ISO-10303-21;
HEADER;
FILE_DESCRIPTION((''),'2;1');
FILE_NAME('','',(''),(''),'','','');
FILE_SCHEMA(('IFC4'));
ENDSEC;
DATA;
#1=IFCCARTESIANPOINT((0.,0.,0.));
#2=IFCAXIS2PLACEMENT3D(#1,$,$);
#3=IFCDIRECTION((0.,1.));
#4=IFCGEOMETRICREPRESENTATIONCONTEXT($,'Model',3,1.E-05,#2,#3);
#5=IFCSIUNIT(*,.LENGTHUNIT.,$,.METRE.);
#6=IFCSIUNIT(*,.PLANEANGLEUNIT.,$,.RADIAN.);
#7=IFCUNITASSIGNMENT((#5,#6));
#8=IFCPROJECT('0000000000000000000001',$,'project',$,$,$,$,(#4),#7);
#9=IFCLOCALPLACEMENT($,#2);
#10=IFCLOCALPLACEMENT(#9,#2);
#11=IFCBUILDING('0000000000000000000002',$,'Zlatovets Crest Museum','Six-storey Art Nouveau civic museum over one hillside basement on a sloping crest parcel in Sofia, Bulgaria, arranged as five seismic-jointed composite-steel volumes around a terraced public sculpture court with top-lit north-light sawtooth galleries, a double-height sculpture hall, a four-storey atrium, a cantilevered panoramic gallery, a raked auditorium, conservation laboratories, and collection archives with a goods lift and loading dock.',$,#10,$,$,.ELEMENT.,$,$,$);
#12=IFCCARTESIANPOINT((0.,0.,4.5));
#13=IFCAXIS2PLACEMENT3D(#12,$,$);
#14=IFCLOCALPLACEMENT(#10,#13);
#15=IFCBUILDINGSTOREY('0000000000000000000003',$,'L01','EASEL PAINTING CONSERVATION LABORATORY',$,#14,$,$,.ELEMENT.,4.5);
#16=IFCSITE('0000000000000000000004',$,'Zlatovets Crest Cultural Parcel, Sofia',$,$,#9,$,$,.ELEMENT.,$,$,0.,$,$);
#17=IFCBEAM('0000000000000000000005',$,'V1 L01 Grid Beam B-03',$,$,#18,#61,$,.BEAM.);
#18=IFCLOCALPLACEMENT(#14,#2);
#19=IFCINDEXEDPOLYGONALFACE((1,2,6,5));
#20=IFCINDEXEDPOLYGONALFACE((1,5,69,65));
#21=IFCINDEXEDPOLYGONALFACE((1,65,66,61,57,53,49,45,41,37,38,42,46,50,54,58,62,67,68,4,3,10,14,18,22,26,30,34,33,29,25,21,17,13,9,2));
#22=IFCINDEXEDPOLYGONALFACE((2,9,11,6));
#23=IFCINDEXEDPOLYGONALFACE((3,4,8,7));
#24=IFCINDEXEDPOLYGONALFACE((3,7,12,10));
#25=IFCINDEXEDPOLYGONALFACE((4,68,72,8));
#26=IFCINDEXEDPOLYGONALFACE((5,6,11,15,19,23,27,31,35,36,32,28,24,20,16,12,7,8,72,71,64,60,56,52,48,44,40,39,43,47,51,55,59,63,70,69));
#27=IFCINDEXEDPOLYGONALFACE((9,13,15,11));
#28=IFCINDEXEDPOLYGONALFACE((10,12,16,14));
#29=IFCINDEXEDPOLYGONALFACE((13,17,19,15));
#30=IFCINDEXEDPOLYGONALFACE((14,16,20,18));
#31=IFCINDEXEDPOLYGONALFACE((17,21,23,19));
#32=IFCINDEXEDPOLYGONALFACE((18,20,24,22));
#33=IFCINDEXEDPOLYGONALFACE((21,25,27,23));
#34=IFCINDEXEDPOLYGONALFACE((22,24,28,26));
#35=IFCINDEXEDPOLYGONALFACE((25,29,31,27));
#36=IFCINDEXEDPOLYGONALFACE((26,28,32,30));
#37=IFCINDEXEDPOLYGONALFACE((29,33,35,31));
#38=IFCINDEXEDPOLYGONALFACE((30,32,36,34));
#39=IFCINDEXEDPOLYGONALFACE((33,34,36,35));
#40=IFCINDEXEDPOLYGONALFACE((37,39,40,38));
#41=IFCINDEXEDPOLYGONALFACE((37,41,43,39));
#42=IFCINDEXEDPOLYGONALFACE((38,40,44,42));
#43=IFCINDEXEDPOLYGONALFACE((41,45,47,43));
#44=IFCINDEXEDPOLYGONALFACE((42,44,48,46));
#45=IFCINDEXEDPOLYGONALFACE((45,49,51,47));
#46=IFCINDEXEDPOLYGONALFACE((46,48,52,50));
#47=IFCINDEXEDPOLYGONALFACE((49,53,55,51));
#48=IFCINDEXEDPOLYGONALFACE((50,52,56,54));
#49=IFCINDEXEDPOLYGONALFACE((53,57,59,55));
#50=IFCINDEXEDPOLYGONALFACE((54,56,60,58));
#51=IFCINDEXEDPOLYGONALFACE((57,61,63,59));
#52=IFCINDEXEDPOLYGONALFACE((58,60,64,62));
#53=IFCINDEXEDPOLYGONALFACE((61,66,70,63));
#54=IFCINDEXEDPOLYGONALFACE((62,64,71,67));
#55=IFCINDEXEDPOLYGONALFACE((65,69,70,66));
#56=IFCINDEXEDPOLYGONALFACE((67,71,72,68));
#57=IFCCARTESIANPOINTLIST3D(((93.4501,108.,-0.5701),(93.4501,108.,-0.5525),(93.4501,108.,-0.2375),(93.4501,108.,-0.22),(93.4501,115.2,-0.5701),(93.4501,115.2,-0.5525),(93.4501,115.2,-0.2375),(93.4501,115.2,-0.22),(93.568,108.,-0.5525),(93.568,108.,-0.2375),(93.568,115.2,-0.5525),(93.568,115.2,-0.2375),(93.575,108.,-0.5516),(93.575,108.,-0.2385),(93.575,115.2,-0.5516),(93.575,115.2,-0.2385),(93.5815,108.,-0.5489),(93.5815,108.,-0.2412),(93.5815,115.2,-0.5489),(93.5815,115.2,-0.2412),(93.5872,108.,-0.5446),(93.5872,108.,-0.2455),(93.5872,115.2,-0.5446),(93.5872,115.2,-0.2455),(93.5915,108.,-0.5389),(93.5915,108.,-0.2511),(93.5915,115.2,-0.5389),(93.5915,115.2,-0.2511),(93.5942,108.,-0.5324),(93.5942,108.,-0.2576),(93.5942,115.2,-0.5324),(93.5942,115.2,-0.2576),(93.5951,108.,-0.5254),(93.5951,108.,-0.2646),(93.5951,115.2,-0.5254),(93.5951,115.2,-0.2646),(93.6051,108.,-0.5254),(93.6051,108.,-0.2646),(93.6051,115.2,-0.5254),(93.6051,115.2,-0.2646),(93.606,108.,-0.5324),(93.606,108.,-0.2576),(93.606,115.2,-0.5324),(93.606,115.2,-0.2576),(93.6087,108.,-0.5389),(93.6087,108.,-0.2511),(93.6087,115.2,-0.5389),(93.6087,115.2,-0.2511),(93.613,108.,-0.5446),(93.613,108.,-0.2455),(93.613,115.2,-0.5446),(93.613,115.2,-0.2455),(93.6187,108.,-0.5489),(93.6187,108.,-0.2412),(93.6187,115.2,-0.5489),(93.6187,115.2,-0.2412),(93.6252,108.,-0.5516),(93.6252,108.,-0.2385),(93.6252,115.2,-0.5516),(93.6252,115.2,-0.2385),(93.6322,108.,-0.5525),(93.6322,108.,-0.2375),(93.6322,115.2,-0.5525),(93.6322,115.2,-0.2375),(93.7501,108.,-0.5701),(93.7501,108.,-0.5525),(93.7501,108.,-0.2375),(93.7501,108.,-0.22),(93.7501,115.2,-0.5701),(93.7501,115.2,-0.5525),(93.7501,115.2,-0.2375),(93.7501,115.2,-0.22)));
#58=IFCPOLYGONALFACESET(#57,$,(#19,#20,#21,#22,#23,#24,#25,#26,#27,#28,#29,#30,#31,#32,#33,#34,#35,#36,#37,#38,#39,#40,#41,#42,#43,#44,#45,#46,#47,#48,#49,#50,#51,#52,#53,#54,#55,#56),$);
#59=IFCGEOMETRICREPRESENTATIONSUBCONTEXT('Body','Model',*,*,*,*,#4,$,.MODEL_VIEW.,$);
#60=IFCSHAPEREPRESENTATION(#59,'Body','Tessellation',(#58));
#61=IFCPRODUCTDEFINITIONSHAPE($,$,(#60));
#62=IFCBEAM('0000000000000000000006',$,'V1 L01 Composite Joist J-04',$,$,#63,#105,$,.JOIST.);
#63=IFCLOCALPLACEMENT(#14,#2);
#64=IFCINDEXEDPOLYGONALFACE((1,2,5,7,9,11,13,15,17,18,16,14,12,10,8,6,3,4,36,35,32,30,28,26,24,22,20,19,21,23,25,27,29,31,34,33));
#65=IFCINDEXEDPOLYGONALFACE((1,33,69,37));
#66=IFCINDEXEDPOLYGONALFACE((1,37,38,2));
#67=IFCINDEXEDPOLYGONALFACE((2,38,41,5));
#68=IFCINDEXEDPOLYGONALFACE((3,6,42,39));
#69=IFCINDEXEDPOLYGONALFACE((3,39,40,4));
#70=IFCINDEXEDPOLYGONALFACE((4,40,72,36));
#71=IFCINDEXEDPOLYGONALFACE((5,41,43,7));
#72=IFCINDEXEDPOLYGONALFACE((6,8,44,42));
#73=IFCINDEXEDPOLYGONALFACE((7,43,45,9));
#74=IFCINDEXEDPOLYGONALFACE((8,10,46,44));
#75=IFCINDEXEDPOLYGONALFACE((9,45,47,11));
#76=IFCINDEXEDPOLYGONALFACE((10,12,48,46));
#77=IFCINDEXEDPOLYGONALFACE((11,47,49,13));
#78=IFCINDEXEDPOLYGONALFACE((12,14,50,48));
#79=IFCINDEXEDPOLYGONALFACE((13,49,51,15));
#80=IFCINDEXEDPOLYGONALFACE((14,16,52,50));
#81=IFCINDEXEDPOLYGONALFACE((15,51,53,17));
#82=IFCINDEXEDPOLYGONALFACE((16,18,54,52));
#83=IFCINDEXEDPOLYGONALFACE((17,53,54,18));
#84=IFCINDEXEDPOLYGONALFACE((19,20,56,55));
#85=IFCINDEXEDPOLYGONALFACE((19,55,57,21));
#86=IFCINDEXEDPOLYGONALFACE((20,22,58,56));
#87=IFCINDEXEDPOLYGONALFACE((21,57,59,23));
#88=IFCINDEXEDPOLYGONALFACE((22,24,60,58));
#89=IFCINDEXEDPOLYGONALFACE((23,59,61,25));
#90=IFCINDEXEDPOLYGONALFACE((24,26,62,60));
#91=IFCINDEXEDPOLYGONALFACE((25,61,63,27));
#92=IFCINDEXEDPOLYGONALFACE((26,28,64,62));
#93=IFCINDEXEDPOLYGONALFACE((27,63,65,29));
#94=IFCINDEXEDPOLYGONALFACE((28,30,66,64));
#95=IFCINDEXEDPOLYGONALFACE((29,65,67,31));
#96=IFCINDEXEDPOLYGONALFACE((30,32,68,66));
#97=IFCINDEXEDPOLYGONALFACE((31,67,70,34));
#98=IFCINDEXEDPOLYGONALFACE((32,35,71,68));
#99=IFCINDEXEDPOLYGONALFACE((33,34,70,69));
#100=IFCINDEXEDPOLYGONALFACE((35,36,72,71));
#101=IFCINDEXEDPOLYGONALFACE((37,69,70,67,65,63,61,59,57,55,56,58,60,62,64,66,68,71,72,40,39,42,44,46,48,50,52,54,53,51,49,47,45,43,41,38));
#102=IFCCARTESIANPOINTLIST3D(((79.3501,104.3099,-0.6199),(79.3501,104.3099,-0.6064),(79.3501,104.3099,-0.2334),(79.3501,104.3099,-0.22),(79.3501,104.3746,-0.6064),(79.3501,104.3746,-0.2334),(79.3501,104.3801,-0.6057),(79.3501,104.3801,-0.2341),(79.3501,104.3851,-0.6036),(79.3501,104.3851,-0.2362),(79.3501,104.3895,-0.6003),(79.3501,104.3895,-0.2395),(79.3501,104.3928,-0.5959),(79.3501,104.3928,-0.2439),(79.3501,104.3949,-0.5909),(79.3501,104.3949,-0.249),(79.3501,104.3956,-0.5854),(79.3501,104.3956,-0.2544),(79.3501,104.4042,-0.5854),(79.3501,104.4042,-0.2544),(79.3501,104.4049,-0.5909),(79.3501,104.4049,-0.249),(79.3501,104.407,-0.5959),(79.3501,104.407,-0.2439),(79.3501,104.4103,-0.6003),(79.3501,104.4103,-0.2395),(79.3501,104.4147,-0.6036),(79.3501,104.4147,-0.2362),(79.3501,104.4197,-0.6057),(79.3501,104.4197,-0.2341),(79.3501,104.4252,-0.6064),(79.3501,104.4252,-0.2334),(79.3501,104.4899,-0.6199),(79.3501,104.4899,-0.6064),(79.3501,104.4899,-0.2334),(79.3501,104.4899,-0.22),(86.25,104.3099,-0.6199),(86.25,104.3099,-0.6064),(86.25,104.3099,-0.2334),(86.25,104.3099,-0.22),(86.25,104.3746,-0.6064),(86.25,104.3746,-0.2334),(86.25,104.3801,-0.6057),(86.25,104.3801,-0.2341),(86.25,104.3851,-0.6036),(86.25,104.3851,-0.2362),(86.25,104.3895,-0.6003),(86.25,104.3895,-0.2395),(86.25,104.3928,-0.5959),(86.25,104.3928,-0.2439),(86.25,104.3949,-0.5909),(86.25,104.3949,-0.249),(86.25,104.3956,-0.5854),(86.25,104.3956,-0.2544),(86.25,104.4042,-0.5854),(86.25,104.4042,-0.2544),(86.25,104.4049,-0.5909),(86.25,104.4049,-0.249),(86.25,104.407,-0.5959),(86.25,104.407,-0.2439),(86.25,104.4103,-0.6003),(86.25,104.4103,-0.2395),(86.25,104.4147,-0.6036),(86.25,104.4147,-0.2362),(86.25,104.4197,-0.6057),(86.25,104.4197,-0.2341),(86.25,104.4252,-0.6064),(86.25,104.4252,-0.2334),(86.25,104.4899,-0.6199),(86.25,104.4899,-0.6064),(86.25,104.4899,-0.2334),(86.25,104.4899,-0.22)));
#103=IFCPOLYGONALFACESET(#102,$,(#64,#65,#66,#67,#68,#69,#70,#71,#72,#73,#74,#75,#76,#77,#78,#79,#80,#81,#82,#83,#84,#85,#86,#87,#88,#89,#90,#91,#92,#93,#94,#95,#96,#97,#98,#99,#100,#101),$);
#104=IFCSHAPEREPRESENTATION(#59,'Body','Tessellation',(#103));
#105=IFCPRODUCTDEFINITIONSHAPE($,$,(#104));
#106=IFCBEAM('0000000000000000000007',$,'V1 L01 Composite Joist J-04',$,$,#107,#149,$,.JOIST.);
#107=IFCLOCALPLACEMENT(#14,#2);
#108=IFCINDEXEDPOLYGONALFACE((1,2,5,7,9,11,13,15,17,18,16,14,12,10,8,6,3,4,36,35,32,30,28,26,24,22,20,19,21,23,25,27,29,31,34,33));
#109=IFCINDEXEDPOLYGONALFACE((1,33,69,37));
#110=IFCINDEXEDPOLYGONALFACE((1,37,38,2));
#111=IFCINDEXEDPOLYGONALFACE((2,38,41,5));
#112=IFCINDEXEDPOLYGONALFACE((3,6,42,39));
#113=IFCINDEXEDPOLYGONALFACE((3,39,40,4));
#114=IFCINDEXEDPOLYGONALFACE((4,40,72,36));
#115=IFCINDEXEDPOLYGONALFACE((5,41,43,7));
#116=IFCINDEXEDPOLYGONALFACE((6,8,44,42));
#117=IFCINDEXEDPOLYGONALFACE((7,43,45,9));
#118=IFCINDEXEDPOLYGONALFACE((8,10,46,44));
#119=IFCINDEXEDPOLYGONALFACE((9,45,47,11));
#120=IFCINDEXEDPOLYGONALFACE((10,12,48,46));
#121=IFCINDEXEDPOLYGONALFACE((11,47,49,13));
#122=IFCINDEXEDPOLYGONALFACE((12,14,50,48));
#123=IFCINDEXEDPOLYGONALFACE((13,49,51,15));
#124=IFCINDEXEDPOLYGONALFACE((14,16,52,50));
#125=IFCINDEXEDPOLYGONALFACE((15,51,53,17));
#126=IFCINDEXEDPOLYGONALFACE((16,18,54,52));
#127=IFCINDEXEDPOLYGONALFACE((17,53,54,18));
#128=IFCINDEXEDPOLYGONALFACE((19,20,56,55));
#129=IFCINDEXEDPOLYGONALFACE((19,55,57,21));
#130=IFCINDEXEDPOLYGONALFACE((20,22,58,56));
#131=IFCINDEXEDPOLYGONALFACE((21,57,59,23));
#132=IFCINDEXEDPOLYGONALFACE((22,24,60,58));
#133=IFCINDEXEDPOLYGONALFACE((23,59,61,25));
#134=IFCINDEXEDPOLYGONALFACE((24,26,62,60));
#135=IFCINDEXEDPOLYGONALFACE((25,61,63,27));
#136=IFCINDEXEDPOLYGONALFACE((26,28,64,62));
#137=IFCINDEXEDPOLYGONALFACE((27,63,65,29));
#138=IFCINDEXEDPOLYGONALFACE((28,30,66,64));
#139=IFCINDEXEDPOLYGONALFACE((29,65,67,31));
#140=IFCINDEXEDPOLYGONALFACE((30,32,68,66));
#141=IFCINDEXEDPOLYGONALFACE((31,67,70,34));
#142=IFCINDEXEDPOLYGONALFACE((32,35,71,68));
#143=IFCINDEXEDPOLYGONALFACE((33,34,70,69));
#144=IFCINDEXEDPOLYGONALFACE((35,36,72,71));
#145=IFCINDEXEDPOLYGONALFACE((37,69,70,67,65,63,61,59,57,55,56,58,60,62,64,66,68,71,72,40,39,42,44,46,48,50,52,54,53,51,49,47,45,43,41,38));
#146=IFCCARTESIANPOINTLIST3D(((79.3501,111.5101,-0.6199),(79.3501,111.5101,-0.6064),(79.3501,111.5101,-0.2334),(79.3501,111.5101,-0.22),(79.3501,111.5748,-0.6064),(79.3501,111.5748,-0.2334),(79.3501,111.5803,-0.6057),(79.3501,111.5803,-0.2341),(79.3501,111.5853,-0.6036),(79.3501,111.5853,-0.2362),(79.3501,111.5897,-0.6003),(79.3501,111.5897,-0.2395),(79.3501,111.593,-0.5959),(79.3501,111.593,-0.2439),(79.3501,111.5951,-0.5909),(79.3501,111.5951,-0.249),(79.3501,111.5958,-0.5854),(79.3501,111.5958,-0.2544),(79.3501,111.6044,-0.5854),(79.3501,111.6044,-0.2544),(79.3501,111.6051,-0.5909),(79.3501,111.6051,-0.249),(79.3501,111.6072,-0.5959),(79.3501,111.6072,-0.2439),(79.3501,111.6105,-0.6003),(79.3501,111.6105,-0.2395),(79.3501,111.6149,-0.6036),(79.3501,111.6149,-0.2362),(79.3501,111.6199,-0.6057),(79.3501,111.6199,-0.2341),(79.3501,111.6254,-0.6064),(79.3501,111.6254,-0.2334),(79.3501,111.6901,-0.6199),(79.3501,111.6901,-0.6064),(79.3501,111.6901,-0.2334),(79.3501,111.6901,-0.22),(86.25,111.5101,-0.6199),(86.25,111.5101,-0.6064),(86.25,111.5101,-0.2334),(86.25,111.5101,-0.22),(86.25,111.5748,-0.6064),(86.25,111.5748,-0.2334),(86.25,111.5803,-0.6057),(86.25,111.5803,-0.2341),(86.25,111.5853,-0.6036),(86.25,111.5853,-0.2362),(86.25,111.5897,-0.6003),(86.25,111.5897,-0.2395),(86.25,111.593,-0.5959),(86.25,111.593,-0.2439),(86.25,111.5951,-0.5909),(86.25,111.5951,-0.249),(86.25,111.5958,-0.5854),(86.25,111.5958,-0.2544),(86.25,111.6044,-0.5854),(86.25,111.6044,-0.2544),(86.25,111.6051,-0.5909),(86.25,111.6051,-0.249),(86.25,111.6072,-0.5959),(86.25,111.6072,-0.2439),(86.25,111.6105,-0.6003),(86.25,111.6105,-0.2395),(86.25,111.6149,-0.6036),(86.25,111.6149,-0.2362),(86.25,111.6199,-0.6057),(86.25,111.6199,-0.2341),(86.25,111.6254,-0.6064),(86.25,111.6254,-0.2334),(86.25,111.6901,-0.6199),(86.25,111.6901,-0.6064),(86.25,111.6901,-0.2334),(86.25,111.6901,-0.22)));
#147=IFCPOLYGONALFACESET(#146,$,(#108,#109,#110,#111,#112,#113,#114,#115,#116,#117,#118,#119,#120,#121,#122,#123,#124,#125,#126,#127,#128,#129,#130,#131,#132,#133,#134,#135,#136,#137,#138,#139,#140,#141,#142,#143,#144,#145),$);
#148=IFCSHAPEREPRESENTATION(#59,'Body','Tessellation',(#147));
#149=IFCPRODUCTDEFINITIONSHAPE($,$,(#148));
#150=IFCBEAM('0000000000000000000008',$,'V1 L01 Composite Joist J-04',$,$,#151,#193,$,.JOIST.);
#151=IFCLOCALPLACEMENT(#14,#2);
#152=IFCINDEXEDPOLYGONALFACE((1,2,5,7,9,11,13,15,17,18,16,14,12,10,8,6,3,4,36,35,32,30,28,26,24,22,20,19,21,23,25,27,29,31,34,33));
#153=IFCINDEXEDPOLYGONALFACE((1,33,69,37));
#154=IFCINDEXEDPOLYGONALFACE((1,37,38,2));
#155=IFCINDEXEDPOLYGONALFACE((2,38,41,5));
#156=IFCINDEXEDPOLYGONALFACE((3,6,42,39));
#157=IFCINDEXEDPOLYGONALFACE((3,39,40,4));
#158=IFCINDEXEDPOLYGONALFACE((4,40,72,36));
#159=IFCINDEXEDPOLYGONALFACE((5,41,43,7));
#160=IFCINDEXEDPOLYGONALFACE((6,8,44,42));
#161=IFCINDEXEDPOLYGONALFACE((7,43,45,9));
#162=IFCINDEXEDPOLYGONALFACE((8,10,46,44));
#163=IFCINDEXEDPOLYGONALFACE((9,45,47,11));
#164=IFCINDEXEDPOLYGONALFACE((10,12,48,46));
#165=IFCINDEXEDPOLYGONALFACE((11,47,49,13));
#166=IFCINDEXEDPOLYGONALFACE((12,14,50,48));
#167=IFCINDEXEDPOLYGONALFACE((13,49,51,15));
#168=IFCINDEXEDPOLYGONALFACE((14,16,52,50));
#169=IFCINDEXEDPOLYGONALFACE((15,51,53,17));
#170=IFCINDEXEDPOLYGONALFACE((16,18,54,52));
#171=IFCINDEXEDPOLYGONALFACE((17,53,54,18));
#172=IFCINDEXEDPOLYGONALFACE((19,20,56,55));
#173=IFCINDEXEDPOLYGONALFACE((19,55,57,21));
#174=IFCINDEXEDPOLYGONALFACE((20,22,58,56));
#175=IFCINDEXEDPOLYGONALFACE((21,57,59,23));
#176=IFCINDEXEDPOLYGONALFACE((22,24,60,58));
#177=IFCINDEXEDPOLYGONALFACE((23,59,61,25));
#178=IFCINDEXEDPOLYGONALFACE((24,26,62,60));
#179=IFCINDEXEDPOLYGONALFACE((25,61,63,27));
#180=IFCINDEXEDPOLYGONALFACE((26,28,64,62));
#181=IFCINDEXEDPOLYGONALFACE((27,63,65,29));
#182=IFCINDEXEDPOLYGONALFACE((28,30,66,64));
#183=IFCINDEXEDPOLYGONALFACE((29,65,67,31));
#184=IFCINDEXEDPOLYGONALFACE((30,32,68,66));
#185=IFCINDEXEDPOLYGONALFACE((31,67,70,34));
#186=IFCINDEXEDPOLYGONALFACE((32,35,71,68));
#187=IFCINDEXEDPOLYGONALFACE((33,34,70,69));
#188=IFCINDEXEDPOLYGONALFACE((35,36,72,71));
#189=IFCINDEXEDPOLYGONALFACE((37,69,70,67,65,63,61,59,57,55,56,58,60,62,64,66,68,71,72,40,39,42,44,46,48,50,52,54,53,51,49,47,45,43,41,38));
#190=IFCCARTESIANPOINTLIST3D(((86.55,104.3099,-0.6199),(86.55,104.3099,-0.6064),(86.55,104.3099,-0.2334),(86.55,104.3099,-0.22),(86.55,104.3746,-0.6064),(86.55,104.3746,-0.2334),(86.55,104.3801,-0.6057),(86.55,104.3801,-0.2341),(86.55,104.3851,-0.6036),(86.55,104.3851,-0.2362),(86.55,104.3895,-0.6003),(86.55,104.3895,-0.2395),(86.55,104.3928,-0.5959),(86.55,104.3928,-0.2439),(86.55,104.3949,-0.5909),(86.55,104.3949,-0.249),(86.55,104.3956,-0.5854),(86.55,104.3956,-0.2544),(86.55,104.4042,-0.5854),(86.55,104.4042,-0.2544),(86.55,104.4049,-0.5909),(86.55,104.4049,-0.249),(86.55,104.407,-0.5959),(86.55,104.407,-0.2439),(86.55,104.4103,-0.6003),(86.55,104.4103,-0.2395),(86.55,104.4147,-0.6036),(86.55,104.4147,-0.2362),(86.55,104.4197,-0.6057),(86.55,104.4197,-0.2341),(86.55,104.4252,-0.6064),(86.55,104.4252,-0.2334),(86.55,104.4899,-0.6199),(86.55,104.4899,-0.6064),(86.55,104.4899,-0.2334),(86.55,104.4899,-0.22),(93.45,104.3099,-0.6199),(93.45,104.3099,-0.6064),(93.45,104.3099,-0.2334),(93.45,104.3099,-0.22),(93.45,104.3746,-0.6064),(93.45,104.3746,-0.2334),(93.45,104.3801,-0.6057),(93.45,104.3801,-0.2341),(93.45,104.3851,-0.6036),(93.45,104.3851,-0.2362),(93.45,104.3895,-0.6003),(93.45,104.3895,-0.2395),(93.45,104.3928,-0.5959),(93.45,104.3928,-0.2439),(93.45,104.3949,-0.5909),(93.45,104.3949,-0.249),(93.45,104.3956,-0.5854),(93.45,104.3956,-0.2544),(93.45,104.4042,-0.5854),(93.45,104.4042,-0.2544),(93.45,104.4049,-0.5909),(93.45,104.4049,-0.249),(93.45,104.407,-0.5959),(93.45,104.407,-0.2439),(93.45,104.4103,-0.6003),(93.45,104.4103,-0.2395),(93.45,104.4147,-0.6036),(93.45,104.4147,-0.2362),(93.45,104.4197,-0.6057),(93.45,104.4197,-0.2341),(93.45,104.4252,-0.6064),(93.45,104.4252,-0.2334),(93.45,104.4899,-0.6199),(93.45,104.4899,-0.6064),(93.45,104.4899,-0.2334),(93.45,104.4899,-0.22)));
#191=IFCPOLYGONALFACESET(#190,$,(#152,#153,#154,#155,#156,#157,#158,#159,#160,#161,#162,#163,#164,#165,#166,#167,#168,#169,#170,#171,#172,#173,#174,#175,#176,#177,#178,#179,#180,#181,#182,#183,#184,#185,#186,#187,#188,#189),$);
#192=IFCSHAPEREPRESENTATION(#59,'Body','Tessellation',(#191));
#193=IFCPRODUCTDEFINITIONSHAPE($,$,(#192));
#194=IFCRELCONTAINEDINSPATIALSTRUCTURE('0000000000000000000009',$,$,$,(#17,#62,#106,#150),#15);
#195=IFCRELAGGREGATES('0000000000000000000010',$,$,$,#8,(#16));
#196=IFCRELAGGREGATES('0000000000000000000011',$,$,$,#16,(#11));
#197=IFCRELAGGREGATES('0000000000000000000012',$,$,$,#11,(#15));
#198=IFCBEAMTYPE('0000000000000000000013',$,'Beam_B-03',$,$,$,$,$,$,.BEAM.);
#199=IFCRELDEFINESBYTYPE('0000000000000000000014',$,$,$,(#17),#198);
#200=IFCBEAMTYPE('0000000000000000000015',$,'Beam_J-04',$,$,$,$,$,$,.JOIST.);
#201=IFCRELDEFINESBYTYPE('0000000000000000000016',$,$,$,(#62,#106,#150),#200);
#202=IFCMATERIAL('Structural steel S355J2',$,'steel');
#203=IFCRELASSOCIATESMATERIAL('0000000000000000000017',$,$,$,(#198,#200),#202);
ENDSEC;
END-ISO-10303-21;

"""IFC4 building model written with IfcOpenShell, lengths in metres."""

from ifc_helpers import new_model, si_unit, direction, frame, origin, origin_2d, place, context, subcontext, project, spatial, i_section, extrude, material, material_profile, profile_set, type_object, element, save


model = new_model("IFC4")

# Units and contexts
model_context = context("Model", 3, precision=1e-05, world=origin(), true_north=direction((0.0, 1.0)))
body_context = subcontext(model_context, "Body", "Model", "MODEL_VIEW")
ifc_project = project(units=[si_unit("LENGTHUNIT", "METRE"), si_unit("PLANEANGLEUNIT", "RADIAN")], contexts=[model_context])

# Site, building, storey
site_placement = place(None, origin())
site = spatial("IfcSite", under=ifc_project, at=site_placement, Name="Zlatovets Crest Cultural Parcel, Sofia", CompositionType="ELEMENT", RefElevation=0.0)
building_placement = place(site_placement, origin())
building = spatial("IfcBuilding", under=site, at=building_placement, Name="Zlatovets Crest Museum", Description="Six-storey Art Nouveau civic museum over one hillside basement on a sloping crest parcel in Sofia, Bulgaria, arranged as five seismic-jointed composite-steel volumes around a terraced public sculpture court with top-lit north-light sawtooth galleries, a double-height sculpture hall, a four-storey atrium, a cantilevered panoramic gallery, a raked auditorium, conservation laboratories, and collection archives with a goods lift and loading dock.", CompositionType="ELEMENT")
storey_placement = place(building_placement, frame((0.0, 0.0, 4.5)))
storey = spatial("IfcBuildingStorey", under=building, at=storey_placement, Name="L01", Description="EASEL PAINTING CONSERVATION LABORATORY", CompositionType="ELEMENT", Elevation=4.5)

# Shared definitions
ifc_material_1 = material(Name="Structural steel S355J2", Category="steel")

# Beams
ifc_material_profile_1 = material_profile(ifc_material_1, i_section(OverallWidth=0.3, OverallDepth=0.3501, WebThickness=0.01, FlangeThickness=0.0176, FilletRadius=0.0271, at=origin_2d()), Name="HEA 360")
ifc_profile_set_1 = profile_set([ifc_material_profile_1], Name="Structural steel S355J2")
beam_type_1 = type_object("IfcBeamType", Name="Beam_B-03", PredefinedType="BEAM", material=ifc_profile_set_1)
for number, where, z_axis, x_axis, name in (
    (1, (93.6001, 108.0, -0.395), (0.0, 1.0, 0.0), (-1.0, 0.0, 0.0), "V1 L01 Grid Beam B-03"),
):
    element("IfcBeam", number, at=place(storey_placement, frame(where, z_axis=z_axis, x_axis=x_axis)), inside=storey, type_object=beam_type_1, Name=name, PredefinedType="BEAM", context=body_context, shape_type="SweptSolid", body=[
        extrude(i_section(OverallWidth=0.3, OverallDepth=0.3501, WebThickness=0.01, FlangeThickness=0.0176, FilletRadius=0.0271, at=origin_2d()), origin(), (0.0, 0.0, 1.0), 7.2),
    ])
ifc_material_profile_2 = material_profile(ifc_material_1, i_section(OverallWidth=0.1799, OverallDepth=0.3999, WebThickness=0.0085, FlangeThickness=0.0134, FilletRadius=0.021, at=origin_2d()), Name="IPE 400")
ifc_profile_set_2 = profile_set([ifc_material_profile_2], Name="Structural steel S355J2")
beam_type_2 = type_object("IfcBeamType", Name="Beam_J-04", PredefinedType="JOIST", material=ifc_profile_set_2)
for number, where, z_axis, x_axis, name in (
    (2, (79.3501, 104.3999, -0.4199), (1.0, 0.0, 0.0), (0.0, 1.0, 0.0), "V1 L01 Composite Joist J-04"),
    (3, (79.3501, 111.6001, -0.4199), (1.0, 0.0, 0.0), (0.0, 1.0, 0.0), "V1 L01 Composite Joist J-04"),
    (4, (86.55, 104.3999, -0.4199), (1.0, 0.0, 0.0), (0.0, 1.0, 0.0), "V1 L01 Composite Joist J-04"),
):
    element("IfcBeam", number, at=place(storey_placement, frame(where, z_axis=z_axis, x_axis=x_axis)), inside=storey, type_object=beam_type_2, Name=name, PredefinedType="JOIST", context=body_context, shape_type="SweptSolid", body=[
        extrude(i_section(OverallWidth=0.1799, OverallDepth=0.3999, WebThickness=0.0085, FlangeThickness=0.0134, FilletRadius=0.021, at=origin_2d()), origin(), (0.0, 0.0, 1.0), 6.8999),
    ])

save(model, "model.ifc")
